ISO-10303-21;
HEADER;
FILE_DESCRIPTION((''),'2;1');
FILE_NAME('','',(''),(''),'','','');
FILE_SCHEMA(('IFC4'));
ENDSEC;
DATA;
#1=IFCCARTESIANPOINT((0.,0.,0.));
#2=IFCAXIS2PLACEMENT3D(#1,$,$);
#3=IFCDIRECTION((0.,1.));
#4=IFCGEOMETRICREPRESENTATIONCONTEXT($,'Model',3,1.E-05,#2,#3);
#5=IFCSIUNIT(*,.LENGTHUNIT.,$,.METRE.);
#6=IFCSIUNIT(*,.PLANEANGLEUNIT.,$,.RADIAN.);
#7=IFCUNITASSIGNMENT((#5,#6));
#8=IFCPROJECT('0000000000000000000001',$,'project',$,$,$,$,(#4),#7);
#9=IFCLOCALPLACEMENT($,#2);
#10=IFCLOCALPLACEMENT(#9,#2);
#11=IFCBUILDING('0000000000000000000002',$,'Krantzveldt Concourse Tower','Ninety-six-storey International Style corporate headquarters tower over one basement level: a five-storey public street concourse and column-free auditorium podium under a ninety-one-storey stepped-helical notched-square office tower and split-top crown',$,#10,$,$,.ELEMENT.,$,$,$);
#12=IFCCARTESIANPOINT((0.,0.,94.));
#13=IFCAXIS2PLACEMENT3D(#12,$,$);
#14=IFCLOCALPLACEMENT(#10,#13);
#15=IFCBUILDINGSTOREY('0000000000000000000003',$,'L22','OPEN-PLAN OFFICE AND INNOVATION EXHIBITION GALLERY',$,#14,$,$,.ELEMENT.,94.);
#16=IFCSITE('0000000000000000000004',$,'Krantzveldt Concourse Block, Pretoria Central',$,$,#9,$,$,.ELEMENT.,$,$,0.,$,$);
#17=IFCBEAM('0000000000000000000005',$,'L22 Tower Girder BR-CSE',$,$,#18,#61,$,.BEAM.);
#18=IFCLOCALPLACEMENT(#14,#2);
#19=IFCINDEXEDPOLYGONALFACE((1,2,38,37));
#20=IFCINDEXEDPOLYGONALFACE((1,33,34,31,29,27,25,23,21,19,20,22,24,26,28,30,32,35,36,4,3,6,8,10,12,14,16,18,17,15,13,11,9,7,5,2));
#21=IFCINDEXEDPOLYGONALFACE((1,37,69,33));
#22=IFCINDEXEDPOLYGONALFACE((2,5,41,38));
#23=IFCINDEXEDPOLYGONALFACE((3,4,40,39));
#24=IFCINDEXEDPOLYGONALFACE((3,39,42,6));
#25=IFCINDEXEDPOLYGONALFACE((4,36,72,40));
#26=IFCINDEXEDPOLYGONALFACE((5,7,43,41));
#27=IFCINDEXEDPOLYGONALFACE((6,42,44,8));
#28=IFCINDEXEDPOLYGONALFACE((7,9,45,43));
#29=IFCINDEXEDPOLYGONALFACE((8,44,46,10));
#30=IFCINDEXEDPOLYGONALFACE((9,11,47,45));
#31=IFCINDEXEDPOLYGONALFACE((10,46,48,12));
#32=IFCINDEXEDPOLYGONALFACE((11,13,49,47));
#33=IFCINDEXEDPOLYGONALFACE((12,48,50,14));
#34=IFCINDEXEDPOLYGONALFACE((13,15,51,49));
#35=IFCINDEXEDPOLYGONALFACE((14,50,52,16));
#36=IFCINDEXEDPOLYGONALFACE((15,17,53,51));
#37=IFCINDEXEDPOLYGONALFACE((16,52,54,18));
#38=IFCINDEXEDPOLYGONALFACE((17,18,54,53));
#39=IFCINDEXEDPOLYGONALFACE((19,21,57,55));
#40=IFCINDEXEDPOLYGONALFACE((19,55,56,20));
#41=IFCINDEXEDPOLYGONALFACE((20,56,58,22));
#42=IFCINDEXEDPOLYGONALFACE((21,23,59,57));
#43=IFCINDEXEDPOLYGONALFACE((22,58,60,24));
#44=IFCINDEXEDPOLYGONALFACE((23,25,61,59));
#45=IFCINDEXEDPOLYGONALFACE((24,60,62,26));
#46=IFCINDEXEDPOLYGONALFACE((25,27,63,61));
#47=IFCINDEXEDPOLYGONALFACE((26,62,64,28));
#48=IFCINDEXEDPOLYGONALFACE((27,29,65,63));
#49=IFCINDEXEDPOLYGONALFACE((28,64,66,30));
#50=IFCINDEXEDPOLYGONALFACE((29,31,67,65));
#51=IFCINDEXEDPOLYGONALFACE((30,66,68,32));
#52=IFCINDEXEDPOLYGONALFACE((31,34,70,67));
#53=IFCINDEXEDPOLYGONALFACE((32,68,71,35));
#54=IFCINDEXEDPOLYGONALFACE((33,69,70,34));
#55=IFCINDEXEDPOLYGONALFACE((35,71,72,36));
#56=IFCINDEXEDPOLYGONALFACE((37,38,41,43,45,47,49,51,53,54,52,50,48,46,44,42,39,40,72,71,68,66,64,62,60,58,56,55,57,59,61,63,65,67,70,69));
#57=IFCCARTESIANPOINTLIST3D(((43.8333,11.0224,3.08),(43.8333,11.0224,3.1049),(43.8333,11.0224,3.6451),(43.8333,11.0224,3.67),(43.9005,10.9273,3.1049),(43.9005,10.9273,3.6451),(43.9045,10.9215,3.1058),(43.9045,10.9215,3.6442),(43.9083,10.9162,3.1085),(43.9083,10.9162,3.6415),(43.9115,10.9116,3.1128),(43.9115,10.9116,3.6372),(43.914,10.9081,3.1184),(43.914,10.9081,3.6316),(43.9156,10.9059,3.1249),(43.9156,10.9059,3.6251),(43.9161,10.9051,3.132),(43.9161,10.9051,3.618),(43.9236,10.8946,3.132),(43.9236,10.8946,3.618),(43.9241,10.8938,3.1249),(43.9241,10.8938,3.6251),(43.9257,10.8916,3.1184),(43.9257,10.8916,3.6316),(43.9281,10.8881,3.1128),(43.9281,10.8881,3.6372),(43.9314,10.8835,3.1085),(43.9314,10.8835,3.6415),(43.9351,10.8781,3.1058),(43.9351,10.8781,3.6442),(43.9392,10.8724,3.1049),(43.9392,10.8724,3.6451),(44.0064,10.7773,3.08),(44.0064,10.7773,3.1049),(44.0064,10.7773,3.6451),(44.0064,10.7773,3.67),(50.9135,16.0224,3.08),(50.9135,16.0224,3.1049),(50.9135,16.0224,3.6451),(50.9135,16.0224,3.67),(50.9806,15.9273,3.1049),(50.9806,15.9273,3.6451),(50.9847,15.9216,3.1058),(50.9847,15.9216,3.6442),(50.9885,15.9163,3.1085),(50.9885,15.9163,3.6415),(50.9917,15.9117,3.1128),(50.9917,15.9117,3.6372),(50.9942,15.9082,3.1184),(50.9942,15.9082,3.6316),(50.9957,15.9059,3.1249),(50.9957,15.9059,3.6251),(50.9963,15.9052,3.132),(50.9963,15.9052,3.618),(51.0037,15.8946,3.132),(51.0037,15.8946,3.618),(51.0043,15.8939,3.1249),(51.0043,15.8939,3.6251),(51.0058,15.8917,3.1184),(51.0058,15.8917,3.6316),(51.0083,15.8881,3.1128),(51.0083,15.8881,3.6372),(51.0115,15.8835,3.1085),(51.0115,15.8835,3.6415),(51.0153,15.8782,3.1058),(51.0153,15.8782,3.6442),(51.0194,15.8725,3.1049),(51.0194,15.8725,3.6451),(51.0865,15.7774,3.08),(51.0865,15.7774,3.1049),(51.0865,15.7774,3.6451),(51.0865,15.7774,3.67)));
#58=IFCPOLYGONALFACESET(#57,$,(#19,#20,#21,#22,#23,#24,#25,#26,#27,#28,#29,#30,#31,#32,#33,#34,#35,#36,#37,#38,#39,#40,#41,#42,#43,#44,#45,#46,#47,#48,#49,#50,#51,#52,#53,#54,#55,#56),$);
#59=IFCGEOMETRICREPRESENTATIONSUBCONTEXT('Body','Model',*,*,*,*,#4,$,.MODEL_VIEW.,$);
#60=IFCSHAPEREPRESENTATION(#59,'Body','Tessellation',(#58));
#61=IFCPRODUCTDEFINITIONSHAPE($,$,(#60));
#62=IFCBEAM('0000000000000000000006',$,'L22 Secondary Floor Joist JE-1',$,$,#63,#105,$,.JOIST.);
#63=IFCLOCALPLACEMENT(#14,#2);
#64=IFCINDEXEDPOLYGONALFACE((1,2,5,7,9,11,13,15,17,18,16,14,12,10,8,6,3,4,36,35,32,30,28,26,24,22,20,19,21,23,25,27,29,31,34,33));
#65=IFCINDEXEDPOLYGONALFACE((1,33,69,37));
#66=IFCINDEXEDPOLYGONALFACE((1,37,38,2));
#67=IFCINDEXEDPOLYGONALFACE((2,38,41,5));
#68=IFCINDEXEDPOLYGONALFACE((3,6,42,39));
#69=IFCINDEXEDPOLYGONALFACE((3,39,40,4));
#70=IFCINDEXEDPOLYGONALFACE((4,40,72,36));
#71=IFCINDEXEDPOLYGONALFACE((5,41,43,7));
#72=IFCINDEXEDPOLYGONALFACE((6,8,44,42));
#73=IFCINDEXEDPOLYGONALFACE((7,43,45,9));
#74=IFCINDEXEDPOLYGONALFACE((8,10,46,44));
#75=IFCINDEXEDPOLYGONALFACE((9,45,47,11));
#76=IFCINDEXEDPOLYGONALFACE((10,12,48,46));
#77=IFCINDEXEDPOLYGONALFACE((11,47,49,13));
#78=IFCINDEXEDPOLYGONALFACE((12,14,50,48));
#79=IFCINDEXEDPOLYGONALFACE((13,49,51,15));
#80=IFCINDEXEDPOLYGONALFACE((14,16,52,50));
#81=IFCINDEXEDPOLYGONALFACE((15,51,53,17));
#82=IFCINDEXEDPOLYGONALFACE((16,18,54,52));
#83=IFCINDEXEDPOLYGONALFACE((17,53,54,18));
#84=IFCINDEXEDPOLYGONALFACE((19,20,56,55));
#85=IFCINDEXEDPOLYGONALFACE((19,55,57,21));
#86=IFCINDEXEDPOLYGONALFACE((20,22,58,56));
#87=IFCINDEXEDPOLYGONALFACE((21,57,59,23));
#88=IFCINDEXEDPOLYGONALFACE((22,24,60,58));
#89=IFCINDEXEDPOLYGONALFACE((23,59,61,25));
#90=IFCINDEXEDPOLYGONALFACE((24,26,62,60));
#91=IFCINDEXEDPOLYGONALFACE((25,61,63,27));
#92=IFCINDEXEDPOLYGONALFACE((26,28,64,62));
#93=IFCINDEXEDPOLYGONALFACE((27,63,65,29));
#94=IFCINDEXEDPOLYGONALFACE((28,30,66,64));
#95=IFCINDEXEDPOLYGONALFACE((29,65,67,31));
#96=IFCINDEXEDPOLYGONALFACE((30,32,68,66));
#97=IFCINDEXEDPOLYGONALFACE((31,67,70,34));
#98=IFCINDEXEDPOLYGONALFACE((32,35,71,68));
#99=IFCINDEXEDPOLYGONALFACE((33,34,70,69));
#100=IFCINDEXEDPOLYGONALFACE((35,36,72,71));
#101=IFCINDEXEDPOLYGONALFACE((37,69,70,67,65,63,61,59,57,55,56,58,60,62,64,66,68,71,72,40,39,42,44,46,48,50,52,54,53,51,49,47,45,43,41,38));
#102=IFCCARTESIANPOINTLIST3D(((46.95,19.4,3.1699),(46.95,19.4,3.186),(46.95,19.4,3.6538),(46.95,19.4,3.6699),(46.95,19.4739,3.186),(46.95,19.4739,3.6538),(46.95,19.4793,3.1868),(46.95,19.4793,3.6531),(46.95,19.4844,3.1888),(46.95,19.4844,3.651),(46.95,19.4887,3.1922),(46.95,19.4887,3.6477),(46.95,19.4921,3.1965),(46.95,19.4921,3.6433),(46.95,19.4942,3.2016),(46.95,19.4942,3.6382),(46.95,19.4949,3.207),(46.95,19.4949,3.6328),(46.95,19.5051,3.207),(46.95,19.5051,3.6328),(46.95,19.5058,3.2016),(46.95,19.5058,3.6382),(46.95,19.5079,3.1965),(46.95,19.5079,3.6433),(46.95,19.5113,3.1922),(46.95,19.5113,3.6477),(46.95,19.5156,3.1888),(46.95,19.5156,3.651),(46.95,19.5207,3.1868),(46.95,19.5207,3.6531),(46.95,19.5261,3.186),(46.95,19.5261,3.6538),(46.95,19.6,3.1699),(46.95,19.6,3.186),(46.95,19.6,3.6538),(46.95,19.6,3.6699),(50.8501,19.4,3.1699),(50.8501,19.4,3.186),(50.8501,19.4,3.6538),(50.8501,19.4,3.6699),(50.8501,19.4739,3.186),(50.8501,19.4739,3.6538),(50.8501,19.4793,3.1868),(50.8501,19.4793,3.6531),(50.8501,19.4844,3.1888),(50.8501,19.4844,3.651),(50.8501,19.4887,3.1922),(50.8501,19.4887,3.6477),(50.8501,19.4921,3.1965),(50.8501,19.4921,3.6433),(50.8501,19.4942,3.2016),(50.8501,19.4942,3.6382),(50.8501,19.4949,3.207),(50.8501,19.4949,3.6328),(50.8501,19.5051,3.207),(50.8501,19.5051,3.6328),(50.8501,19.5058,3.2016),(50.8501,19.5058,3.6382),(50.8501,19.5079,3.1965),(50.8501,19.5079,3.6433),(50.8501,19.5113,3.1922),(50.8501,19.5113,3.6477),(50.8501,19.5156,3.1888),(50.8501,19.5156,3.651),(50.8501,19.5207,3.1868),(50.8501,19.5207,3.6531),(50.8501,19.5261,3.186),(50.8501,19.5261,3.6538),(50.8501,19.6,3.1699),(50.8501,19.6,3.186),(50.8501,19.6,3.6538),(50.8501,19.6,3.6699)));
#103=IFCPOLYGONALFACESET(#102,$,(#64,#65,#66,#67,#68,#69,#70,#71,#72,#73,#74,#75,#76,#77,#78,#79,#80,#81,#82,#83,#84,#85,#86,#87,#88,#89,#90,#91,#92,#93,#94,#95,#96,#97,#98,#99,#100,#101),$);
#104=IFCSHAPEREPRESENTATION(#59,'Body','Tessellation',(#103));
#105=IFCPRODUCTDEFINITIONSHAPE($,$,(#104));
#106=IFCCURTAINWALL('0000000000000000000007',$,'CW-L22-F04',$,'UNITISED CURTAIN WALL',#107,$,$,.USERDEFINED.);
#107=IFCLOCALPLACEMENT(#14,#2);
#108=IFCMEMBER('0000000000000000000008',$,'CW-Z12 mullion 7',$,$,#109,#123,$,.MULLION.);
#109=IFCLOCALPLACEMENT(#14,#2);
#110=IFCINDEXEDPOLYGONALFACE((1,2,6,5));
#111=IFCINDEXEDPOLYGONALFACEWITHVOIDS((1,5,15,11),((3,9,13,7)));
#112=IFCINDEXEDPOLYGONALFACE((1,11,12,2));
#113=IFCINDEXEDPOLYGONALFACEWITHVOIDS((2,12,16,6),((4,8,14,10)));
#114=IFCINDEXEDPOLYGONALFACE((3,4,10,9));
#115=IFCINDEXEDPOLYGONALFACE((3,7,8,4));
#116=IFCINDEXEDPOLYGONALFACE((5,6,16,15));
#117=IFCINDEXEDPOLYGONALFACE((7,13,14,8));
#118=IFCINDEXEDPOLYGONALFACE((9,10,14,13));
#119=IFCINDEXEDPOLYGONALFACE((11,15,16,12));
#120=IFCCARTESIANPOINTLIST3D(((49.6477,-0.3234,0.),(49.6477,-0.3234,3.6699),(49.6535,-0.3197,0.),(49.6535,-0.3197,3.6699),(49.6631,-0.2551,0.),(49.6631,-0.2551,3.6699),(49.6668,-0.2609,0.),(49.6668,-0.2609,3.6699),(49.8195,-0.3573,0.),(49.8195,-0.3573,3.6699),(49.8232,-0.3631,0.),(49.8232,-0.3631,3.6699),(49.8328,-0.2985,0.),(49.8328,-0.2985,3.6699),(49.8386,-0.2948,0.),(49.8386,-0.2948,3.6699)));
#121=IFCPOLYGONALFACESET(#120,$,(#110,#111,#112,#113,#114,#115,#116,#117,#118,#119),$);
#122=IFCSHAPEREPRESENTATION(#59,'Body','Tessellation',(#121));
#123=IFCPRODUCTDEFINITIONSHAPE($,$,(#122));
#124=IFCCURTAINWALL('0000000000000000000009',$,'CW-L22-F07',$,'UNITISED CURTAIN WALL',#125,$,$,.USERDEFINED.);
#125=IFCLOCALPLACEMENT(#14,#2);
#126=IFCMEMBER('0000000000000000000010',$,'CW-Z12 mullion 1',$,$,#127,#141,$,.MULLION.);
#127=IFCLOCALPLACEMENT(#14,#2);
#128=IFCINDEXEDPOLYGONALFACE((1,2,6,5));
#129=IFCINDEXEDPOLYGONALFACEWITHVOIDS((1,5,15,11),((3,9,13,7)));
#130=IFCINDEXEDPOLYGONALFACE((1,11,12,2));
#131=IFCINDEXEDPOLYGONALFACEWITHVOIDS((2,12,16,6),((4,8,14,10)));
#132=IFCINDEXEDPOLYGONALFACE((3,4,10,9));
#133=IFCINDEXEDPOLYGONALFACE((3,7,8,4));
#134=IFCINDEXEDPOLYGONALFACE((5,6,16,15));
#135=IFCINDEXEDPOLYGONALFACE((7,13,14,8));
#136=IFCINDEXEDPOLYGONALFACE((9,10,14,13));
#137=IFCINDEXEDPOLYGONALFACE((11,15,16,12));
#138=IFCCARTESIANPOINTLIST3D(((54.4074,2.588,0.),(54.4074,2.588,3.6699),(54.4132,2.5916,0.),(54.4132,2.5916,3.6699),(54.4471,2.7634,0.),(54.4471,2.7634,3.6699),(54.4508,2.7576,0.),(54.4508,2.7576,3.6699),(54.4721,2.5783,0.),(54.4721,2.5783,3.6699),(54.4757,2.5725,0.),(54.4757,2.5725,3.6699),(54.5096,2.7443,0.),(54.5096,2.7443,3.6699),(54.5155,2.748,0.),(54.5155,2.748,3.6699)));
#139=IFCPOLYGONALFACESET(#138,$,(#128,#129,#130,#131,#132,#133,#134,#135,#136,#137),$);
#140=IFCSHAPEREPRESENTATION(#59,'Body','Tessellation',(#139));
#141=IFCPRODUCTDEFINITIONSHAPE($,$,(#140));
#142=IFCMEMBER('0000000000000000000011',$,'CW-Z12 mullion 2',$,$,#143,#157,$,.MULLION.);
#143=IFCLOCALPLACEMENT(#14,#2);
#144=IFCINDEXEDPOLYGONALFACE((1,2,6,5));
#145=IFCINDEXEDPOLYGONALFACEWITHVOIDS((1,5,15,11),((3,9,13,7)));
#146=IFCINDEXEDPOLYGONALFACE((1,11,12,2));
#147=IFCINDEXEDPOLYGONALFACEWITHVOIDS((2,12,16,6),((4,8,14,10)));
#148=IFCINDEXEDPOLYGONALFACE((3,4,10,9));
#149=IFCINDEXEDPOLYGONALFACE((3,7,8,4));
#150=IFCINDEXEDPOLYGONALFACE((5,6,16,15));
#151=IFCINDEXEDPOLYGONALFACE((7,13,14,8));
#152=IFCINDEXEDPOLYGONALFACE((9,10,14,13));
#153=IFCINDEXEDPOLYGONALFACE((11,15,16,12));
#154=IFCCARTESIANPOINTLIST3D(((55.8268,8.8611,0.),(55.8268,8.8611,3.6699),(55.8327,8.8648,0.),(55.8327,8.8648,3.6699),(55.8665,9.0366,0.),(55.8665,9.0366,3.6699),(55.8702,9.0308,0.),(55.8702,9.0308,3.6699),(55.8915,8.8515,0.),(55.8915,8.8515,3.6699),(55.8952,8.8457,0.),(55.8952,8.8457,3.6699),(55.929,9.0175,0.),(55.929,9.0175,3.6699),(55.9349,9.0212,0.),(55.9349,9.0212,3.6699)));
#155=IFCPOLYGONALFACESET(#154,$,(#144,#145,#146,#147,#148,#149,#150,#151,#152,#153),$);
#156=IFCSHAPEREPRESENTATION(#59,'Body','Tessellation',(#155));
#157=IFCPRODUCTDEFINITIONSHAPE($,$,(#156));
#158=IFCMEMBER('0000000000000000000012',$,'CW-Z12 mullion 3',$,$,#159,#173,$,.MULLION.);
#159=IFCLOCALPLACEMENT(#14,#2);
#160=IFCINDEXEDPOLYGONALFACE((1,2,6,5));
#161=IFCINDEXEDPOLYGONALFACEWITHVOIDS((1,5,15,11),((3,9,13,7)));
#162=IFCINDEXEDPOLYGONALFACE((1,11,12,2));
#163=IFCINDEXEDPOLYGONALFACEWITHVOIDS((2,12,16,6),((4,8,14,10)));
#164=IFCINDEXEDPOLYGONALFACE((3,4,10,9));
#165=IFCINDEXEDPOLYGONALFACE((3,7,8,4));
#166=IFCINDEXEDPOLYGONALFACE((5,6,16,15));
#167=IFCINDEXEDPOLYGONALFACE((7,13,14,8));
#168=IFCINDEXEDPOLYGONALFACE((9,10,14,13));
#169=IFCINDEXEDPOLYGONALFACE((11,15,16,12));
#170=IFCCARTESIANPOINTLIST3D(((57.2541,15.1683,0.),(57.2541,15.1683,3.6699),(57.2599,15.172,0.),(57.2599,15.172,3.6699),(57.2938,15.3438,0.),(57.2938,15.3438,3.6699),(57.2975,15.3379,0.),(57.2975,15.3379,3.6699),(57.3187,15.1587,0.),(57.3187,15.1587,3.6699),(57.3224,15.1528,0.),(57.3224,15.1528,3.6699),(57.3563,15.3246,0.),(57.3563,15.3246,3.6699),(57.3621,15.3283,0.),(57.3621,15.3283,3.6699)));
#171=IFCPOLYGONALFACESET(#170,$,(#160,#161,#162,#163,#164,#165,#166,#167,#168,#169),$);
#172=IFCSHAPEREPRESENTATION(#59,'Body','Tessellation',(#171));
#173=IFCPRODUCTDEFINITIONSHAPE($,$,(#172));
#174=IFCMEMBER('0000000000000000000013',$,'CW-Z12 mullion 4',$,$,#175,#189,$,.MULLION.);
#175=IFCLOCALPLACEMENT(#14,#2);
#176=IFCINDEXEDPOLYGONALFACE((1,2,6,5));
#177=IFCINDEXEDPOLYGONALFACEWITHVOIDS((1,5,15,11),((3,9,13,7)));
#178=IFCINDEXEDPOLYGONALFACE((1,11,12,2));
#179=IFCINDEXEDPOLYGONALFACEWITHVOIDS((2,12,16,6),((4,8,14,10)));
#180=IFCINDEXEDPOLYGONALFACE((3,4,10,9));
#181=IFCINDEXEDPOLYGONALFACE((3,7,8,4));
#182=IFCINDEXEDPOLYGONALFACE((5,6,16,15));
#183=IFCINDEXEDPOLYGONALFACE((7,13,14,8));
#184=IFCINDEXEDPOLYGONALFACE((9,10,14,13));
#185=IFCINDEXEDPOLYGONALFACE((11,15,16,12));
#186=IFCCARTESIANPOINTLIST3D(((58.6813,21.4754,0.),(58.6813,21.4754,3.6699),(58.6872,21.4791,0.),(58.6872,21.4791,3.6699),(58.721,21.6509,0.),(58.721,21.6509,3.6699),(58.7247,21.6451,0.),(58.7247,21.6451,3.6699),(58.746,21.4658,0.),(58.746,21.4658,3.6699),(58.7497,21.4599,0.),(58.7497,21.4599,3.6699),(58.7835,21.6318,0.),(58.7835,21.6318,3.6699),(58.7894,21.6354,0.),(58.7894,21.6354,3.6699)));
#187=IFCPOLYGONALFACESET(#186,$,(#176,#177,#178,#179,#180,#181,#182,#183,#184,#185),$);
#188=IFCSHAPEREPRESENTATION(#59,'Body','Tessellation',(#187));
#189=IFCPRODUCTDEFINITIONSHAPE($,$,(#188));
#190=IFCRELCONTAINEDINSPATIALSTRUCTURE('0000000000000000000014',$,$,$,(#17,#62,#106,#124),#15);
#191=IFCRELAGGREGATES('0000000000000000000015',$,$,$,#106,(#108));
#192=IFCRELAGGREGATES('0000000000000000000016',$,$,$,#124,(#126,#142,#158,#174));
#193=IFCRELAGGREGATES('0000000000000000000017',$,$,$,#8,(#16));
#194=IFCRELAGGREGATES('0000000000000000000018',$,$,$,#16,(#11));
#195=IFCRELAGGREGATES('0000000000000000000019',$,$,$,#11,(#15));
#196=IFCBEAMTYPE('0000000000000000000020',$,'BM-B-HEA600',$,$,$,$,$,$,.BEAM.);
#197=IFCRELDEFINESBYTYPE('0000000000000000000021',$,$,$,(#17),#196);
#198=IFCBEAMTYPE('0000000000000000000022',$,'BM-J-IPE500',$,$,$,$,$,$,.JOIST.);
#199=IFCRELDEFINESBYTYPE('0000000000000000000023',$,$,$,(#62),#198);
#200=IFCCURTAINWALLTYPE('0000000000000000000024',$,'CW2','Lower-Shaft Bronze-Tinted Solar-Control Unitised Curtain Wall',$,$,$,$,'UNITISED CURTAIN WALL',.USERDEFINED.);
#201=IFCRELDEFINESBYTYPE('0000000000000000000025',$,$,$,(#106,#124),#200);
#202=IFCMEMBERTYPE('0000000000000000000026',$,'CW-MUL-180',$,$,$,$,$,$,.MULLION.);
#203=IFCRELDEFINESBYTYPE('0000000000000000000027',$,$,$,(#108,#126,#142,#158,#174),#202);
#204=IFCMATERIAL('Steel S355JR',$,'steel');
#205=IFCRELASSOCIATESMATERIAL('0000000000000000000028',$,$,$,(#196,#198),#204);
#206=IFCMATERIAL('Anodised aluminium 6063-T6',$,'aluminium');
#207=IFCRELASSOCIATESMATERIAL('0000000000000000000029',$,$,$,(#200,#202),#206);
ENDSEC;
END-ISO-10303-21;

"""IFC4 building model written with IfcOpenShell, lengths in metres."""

from ifc_helpers import new_model, si_unit, direction, frame, origin, origin_2d, place, context, subcontext, project, spatial, hollow_rectangle, i_section, extrude, source, transform, mapped, material, material_profile, profile_set, type_object, type_shapes, element, aggregate, save


model = new_model("IFC4")

# Units and contexts
model_context = context("Model", 3, precision=1e-05, world=origin(), true_north=direction((0.0, 1.0)))
body_context = subcontext(model_context, "Body", "Model", "MODEL_VIEW")
ifc_project = project(units=[si_unit("LENGTHUNIT", "METRE"), si_unit("PLANEANGLEUNIT", "RADIAN")], contexts=[model_context])

# Site, building, storey
site_placement = place(None, origin())
site = spatial("IfcSite", under=ifc_project, at=site_placement, Name="Krantzveldt Concourse Block, Pretoria Central", CompositionType="ELEMENT", RefElevation=0.0)
building_placement = place(site_placement, origin())
building = spatial("IfcBuilding", under=site, at=building_placement, Name="Krantzveldt Concourse Tower", Description="Ninety-six-storey International Style corporate headquarters tower over one basement level: a five-storey public street concourse and column-free auditorium podium under a ninety-one-storey stepped-helical notched-square office tower and split-top crown", CompositionType="ELEMENT")
storey_placement = place(building_placement, frame((0.0, 0.0, 94.0)))
storey = spatial("IfcBuildingStorey", under=building, at=storey_placement, Name="L22", Description="OPEN-PLAN OFFICE AND INNOVATION EXHIBITION GALLERY", CompositionType="ELEMENT", Elevation=94.0)

# Beams
ifc_material_1 = material(Name="Steel S355JR", Category="steel")
ifc_material_profile_1 = material_profile(ifc_material_1, i_section(OverallWidth=0.3, OverallDepth=0.5901, WebThickness=0.0129, FlangeThickness=0.0249, FilletRadius=0.0271, at=origin_2d()), Name="Steel S355JR", Category="steel")
ifc_profile_set_1 = profile_set([ifc_material_profile_1], Name="Steel S355JR - HEA 600")
beam_type_1 = type_object("IfcBeamType", Name="BM-B-HEA600", PredefinedType="BEAM", material=ifc_profile_set_1)
shared_shape_1 = source(origin(), body_context, "Body", "SweptSolid", [
    extrude(i_section(OverallWidth=0.3, OverallDepth=0.5901, WebThickness=0.0129, FlangeThickness=0.0249, FilletRadius=0.0271, at=origin_2d()), origin(), (0.0, 0.0, 1.0), 8.6677),
])
beam_1_placement = place(storey_placement, frame((51.0, 15.8999, 3.375), z_axis=(-0.816843, -0.57686, 0.0), x_axis=(0.57686, -0.816843, 0.0)))
element("IfcBeam", 1, at=beam_1_placement, inside=storey, type_object=beam_type_1, Name="L22 Tower Girder BR-CSE", PredefinedType="BEAM", context=body_context, shape_type="MappedRepresentation", body=[
    mapped(shared_shape_1, transform((0.0, 0.0, 0.0), x_axis=(1.0, 0.0, 0.0), y_axis=(0.0, 1.0, 0.0), z_axis=(0.0, 0.0, 1.0), scale=1.0)),
])
ifc_material_profile_2 = material_profile(ifc_material_1, i_section(OverallWidth=0.2, OverallDepth=0.5, WebThickness=0.0103, FlangeThickness=0.0161, FilletRadius=0.021, at=origin_2d()), Name="Steel S355JR", Category="steel")
ifc_profile_set_2 = profile_set([ifc_material_profile_2], Name="Steel S355JR - IPE 500")
beam_type_2 = type_object("IfcBeamType", Name="BM-J-IPE500", PredefinedType="JOIST", material=ifc_profile_set_2)
shared_shape_2 = source(origin(), body_context, "Body", "SweptSolid", [
    extrude(i_section(OverallWidth=0.2, OverallDepth=0.5, WebThickness=0.0103, FlangeThickness=0.0161, FilletRadius=0.021, at=origin_2d()), origin(), (0.0, 0.0, 1.0), 3.9001),
])
type_shapes(beam_type_2, [shared_shape_2])
beam_2_placement = place(storey_placement, frame((46.95, 19.5, 3.4199), z_axis=(1.0, 0.0, 0.0), x_axis=(0.0, 1.0, 0.0)))
element("IfcBeam", 2, at=beam_2_placement, inside=storey, type_object=beam_type_2, Name="L22 Secondary Floor Joist JE-1", PredefinedType="JOIST", context=body_context, shape_type="MappedRepresentation", body=[
    mapped(shared_shape_2, transform((0.0, 0.0, 0.0), x_axis=(1.0, 0.0, 0.0), y_axis=(0.0, 1.0, 0.0), z_axis=(0.0, 0.0, 1.0), scale=1.0)),
])

# Curtain wall, member
ifc_material_2 = material(Name="Anodised aluminium 6063-T6", Category="aluminium")
curtain_wall_type = type_object("IfcCurtainWallType", Name="CW2", Description="Lower-Shaft Bronze-Tinted Solar-Control Unitised Curtain Wall", ElementType="UNITISED CURTAIN WALL", PredefinedType="USERDEFINED", material=ifc_material_2)
curtain_wall_1_placement = place(storey_placement, origin())
curtain_wall_1 = element("IfcCurtainWall", 3, at=curtain_wall_1_placement, inside=storey, type_object=curtain_wall_type, Name="CW-L22-F04", ObjectType="UNITISED CURTAIN WALL", PredefinedType="USERDEFINED")
ifc_material_profile_3 = material_profile(ifc_material_2, hollow_rectangle(XDim=0.0701, YDim=0.1799, WallThickness=0.0049, at=origin_2d()), Name="Anodised aluminium 6063-T6", Category="aluminium")
ifc_profile_set_3 = profile_set([ifc_material_profile_3], Name="Anodised aluminium 6063-T6 - ALU-MULL 180x70x5")
member_type_1 = type_object("IfcMemberType", Name="CW-MUL-180", PredefinedType="MULLION", material=ifc_profile_set_3)
shared_shape_3 = source(origin(), body_context, "Body", "SweptSolid", [
    extrude(hollow_rectangle(XDim=0.0701, YDim=0.1799, WallThickness=0.0049, at=origin_2d()), origin(), (0.0, 0.0, 1.0), 3.6699),
])
type_shapes(member_type_1, [shared_shape_3])
member_1_placement = place(storey_placement, frame((49.7432, -0.3091, 0.0), z_axis=(0.0, 0.0, 1.0), x_axis=(0.220697, 0.975342, 0.0)))
member_1 = element("IfcMember", 4, at=member_1_placement, type_object=member_type_1, Name="CW-Z12 mullion 7", PredefinedType="MULLION", context=body_context, shape_type="MappedRepresentation", body=[
    mapped(shared_shape_3, transform((0.0, 0.0, 0.0), x_axis=(1.0, 0.0, 0.0), y_axis=(0.0, 1.0, 0.0), z_axis=(0.0, 0.0, 1.0), scale=1.0)),
])

# Curtain wall, members
curtain_wall_2_placement = place(storey_placement, origin())
curtain_wall_2 = element("IfcCurtainWall", 5, at=curtain_wall_2_placement, inside=storey, type_object=curtain_wall_type, Name="CW-L22-F07", ObjectType="UNITISED CURTAIN WALL", PredefinedType="USERDEFINED")
member_2_placement = place(storey_placement, frame((54.4614, 2.668, 0.0), z_axis=(0.0, 0.0, 1.0), x_axis=(-0.975342, 0.220697, 0.0)))
member_2 = element("IfcMember", 6, at=member_2_placement, type_object=member_type_1, Name="CW-Z12 mullion 1", PredefinedType="MULLION", context=body_context, shape_type="MappedRepresentation", body=[
    mapped(shared_shape_3, transform((0.0, 0.0, 0.0), x_axis=(1.0, 0.0, 0.0), y_axis=(0.0, 1.0, 0.0), z_axis=(0.0, 0.0, 1.0), scale=1.0)),
])
member_3_placement = place(storey_placement, frame((55.8809, 8.9412, 0.0), z_axis=(0.0, 0.0, 1.0), x_axis=(-0.975342, 0.220697, 0.0)))
member_3 = element("IfcMember", 7, at=member_3_placement, type_object=member_type_1, Name="CW-Z12 mullion 2", PredefinedType="MULLION", context=body_context, shape_type="MappedRepresentation", body=[
    mapped(shared_shape_3, transform((0.0, 0.0, 0.0), x_axis=(1.0, 0.0, 0.0), y_axis=(0.0, 1.0, 0.0), z_axis=(0.0, 0.0, 1.0), scale=1.0)),
])
member_4_placement = place(storey_placement, frame((57.3081, 15.2483, 0.0), z_axis=(0.0, 0.0, 1.0), x_axis=(-0.975342, 0.220697, 0.0)))
member_4 = element("IfcMember", 8, at=member_4_placement, type_object=member_type_1, Name="CW-Z12 mullion 3", PredefinedType="MULLION", context=body_context, shape_type="MappedRepresentation", body=[
    mapped(shared_shape_3, transform((0.0, 0.0, 0.0), x_axis=(1.0, 0.0, 0.0), y_axis=(0.0, 1.0, 0.0), z_axis=(0.0, 0.0, 1.0), scale=1.0)),
])
member_5_placement = place(storey_placement, frame((58.7354, 21.5554, 0.0), z_axis=(0.0, 0.0, 1.0), x_axis=(-0.975342, 0.220697, 0.0)))
member_5 = element("IfcMember", 9, at=member_5_placement, type_object=member_type_1, Name="CW-Z12 mullion 4", PredefinedType="MULLION", context=body_context, shape_type="MappedRepresentation", body=[
    mapped(shared_shape_3, transform((0.0, 0.0, 0.0), x_axis=(1.0, 0.0, 0.0), y_axis=(0.0, 1.0, 0.0), z_axis=(0.0, 0.0, 1.0), scale=1.0)),
])

aggregate(curtain_wall_1, [member_1])
aggregate(curtain_wall_2, [member_2, member_3, member_4, member_5])

save(model, "model.ifc")
